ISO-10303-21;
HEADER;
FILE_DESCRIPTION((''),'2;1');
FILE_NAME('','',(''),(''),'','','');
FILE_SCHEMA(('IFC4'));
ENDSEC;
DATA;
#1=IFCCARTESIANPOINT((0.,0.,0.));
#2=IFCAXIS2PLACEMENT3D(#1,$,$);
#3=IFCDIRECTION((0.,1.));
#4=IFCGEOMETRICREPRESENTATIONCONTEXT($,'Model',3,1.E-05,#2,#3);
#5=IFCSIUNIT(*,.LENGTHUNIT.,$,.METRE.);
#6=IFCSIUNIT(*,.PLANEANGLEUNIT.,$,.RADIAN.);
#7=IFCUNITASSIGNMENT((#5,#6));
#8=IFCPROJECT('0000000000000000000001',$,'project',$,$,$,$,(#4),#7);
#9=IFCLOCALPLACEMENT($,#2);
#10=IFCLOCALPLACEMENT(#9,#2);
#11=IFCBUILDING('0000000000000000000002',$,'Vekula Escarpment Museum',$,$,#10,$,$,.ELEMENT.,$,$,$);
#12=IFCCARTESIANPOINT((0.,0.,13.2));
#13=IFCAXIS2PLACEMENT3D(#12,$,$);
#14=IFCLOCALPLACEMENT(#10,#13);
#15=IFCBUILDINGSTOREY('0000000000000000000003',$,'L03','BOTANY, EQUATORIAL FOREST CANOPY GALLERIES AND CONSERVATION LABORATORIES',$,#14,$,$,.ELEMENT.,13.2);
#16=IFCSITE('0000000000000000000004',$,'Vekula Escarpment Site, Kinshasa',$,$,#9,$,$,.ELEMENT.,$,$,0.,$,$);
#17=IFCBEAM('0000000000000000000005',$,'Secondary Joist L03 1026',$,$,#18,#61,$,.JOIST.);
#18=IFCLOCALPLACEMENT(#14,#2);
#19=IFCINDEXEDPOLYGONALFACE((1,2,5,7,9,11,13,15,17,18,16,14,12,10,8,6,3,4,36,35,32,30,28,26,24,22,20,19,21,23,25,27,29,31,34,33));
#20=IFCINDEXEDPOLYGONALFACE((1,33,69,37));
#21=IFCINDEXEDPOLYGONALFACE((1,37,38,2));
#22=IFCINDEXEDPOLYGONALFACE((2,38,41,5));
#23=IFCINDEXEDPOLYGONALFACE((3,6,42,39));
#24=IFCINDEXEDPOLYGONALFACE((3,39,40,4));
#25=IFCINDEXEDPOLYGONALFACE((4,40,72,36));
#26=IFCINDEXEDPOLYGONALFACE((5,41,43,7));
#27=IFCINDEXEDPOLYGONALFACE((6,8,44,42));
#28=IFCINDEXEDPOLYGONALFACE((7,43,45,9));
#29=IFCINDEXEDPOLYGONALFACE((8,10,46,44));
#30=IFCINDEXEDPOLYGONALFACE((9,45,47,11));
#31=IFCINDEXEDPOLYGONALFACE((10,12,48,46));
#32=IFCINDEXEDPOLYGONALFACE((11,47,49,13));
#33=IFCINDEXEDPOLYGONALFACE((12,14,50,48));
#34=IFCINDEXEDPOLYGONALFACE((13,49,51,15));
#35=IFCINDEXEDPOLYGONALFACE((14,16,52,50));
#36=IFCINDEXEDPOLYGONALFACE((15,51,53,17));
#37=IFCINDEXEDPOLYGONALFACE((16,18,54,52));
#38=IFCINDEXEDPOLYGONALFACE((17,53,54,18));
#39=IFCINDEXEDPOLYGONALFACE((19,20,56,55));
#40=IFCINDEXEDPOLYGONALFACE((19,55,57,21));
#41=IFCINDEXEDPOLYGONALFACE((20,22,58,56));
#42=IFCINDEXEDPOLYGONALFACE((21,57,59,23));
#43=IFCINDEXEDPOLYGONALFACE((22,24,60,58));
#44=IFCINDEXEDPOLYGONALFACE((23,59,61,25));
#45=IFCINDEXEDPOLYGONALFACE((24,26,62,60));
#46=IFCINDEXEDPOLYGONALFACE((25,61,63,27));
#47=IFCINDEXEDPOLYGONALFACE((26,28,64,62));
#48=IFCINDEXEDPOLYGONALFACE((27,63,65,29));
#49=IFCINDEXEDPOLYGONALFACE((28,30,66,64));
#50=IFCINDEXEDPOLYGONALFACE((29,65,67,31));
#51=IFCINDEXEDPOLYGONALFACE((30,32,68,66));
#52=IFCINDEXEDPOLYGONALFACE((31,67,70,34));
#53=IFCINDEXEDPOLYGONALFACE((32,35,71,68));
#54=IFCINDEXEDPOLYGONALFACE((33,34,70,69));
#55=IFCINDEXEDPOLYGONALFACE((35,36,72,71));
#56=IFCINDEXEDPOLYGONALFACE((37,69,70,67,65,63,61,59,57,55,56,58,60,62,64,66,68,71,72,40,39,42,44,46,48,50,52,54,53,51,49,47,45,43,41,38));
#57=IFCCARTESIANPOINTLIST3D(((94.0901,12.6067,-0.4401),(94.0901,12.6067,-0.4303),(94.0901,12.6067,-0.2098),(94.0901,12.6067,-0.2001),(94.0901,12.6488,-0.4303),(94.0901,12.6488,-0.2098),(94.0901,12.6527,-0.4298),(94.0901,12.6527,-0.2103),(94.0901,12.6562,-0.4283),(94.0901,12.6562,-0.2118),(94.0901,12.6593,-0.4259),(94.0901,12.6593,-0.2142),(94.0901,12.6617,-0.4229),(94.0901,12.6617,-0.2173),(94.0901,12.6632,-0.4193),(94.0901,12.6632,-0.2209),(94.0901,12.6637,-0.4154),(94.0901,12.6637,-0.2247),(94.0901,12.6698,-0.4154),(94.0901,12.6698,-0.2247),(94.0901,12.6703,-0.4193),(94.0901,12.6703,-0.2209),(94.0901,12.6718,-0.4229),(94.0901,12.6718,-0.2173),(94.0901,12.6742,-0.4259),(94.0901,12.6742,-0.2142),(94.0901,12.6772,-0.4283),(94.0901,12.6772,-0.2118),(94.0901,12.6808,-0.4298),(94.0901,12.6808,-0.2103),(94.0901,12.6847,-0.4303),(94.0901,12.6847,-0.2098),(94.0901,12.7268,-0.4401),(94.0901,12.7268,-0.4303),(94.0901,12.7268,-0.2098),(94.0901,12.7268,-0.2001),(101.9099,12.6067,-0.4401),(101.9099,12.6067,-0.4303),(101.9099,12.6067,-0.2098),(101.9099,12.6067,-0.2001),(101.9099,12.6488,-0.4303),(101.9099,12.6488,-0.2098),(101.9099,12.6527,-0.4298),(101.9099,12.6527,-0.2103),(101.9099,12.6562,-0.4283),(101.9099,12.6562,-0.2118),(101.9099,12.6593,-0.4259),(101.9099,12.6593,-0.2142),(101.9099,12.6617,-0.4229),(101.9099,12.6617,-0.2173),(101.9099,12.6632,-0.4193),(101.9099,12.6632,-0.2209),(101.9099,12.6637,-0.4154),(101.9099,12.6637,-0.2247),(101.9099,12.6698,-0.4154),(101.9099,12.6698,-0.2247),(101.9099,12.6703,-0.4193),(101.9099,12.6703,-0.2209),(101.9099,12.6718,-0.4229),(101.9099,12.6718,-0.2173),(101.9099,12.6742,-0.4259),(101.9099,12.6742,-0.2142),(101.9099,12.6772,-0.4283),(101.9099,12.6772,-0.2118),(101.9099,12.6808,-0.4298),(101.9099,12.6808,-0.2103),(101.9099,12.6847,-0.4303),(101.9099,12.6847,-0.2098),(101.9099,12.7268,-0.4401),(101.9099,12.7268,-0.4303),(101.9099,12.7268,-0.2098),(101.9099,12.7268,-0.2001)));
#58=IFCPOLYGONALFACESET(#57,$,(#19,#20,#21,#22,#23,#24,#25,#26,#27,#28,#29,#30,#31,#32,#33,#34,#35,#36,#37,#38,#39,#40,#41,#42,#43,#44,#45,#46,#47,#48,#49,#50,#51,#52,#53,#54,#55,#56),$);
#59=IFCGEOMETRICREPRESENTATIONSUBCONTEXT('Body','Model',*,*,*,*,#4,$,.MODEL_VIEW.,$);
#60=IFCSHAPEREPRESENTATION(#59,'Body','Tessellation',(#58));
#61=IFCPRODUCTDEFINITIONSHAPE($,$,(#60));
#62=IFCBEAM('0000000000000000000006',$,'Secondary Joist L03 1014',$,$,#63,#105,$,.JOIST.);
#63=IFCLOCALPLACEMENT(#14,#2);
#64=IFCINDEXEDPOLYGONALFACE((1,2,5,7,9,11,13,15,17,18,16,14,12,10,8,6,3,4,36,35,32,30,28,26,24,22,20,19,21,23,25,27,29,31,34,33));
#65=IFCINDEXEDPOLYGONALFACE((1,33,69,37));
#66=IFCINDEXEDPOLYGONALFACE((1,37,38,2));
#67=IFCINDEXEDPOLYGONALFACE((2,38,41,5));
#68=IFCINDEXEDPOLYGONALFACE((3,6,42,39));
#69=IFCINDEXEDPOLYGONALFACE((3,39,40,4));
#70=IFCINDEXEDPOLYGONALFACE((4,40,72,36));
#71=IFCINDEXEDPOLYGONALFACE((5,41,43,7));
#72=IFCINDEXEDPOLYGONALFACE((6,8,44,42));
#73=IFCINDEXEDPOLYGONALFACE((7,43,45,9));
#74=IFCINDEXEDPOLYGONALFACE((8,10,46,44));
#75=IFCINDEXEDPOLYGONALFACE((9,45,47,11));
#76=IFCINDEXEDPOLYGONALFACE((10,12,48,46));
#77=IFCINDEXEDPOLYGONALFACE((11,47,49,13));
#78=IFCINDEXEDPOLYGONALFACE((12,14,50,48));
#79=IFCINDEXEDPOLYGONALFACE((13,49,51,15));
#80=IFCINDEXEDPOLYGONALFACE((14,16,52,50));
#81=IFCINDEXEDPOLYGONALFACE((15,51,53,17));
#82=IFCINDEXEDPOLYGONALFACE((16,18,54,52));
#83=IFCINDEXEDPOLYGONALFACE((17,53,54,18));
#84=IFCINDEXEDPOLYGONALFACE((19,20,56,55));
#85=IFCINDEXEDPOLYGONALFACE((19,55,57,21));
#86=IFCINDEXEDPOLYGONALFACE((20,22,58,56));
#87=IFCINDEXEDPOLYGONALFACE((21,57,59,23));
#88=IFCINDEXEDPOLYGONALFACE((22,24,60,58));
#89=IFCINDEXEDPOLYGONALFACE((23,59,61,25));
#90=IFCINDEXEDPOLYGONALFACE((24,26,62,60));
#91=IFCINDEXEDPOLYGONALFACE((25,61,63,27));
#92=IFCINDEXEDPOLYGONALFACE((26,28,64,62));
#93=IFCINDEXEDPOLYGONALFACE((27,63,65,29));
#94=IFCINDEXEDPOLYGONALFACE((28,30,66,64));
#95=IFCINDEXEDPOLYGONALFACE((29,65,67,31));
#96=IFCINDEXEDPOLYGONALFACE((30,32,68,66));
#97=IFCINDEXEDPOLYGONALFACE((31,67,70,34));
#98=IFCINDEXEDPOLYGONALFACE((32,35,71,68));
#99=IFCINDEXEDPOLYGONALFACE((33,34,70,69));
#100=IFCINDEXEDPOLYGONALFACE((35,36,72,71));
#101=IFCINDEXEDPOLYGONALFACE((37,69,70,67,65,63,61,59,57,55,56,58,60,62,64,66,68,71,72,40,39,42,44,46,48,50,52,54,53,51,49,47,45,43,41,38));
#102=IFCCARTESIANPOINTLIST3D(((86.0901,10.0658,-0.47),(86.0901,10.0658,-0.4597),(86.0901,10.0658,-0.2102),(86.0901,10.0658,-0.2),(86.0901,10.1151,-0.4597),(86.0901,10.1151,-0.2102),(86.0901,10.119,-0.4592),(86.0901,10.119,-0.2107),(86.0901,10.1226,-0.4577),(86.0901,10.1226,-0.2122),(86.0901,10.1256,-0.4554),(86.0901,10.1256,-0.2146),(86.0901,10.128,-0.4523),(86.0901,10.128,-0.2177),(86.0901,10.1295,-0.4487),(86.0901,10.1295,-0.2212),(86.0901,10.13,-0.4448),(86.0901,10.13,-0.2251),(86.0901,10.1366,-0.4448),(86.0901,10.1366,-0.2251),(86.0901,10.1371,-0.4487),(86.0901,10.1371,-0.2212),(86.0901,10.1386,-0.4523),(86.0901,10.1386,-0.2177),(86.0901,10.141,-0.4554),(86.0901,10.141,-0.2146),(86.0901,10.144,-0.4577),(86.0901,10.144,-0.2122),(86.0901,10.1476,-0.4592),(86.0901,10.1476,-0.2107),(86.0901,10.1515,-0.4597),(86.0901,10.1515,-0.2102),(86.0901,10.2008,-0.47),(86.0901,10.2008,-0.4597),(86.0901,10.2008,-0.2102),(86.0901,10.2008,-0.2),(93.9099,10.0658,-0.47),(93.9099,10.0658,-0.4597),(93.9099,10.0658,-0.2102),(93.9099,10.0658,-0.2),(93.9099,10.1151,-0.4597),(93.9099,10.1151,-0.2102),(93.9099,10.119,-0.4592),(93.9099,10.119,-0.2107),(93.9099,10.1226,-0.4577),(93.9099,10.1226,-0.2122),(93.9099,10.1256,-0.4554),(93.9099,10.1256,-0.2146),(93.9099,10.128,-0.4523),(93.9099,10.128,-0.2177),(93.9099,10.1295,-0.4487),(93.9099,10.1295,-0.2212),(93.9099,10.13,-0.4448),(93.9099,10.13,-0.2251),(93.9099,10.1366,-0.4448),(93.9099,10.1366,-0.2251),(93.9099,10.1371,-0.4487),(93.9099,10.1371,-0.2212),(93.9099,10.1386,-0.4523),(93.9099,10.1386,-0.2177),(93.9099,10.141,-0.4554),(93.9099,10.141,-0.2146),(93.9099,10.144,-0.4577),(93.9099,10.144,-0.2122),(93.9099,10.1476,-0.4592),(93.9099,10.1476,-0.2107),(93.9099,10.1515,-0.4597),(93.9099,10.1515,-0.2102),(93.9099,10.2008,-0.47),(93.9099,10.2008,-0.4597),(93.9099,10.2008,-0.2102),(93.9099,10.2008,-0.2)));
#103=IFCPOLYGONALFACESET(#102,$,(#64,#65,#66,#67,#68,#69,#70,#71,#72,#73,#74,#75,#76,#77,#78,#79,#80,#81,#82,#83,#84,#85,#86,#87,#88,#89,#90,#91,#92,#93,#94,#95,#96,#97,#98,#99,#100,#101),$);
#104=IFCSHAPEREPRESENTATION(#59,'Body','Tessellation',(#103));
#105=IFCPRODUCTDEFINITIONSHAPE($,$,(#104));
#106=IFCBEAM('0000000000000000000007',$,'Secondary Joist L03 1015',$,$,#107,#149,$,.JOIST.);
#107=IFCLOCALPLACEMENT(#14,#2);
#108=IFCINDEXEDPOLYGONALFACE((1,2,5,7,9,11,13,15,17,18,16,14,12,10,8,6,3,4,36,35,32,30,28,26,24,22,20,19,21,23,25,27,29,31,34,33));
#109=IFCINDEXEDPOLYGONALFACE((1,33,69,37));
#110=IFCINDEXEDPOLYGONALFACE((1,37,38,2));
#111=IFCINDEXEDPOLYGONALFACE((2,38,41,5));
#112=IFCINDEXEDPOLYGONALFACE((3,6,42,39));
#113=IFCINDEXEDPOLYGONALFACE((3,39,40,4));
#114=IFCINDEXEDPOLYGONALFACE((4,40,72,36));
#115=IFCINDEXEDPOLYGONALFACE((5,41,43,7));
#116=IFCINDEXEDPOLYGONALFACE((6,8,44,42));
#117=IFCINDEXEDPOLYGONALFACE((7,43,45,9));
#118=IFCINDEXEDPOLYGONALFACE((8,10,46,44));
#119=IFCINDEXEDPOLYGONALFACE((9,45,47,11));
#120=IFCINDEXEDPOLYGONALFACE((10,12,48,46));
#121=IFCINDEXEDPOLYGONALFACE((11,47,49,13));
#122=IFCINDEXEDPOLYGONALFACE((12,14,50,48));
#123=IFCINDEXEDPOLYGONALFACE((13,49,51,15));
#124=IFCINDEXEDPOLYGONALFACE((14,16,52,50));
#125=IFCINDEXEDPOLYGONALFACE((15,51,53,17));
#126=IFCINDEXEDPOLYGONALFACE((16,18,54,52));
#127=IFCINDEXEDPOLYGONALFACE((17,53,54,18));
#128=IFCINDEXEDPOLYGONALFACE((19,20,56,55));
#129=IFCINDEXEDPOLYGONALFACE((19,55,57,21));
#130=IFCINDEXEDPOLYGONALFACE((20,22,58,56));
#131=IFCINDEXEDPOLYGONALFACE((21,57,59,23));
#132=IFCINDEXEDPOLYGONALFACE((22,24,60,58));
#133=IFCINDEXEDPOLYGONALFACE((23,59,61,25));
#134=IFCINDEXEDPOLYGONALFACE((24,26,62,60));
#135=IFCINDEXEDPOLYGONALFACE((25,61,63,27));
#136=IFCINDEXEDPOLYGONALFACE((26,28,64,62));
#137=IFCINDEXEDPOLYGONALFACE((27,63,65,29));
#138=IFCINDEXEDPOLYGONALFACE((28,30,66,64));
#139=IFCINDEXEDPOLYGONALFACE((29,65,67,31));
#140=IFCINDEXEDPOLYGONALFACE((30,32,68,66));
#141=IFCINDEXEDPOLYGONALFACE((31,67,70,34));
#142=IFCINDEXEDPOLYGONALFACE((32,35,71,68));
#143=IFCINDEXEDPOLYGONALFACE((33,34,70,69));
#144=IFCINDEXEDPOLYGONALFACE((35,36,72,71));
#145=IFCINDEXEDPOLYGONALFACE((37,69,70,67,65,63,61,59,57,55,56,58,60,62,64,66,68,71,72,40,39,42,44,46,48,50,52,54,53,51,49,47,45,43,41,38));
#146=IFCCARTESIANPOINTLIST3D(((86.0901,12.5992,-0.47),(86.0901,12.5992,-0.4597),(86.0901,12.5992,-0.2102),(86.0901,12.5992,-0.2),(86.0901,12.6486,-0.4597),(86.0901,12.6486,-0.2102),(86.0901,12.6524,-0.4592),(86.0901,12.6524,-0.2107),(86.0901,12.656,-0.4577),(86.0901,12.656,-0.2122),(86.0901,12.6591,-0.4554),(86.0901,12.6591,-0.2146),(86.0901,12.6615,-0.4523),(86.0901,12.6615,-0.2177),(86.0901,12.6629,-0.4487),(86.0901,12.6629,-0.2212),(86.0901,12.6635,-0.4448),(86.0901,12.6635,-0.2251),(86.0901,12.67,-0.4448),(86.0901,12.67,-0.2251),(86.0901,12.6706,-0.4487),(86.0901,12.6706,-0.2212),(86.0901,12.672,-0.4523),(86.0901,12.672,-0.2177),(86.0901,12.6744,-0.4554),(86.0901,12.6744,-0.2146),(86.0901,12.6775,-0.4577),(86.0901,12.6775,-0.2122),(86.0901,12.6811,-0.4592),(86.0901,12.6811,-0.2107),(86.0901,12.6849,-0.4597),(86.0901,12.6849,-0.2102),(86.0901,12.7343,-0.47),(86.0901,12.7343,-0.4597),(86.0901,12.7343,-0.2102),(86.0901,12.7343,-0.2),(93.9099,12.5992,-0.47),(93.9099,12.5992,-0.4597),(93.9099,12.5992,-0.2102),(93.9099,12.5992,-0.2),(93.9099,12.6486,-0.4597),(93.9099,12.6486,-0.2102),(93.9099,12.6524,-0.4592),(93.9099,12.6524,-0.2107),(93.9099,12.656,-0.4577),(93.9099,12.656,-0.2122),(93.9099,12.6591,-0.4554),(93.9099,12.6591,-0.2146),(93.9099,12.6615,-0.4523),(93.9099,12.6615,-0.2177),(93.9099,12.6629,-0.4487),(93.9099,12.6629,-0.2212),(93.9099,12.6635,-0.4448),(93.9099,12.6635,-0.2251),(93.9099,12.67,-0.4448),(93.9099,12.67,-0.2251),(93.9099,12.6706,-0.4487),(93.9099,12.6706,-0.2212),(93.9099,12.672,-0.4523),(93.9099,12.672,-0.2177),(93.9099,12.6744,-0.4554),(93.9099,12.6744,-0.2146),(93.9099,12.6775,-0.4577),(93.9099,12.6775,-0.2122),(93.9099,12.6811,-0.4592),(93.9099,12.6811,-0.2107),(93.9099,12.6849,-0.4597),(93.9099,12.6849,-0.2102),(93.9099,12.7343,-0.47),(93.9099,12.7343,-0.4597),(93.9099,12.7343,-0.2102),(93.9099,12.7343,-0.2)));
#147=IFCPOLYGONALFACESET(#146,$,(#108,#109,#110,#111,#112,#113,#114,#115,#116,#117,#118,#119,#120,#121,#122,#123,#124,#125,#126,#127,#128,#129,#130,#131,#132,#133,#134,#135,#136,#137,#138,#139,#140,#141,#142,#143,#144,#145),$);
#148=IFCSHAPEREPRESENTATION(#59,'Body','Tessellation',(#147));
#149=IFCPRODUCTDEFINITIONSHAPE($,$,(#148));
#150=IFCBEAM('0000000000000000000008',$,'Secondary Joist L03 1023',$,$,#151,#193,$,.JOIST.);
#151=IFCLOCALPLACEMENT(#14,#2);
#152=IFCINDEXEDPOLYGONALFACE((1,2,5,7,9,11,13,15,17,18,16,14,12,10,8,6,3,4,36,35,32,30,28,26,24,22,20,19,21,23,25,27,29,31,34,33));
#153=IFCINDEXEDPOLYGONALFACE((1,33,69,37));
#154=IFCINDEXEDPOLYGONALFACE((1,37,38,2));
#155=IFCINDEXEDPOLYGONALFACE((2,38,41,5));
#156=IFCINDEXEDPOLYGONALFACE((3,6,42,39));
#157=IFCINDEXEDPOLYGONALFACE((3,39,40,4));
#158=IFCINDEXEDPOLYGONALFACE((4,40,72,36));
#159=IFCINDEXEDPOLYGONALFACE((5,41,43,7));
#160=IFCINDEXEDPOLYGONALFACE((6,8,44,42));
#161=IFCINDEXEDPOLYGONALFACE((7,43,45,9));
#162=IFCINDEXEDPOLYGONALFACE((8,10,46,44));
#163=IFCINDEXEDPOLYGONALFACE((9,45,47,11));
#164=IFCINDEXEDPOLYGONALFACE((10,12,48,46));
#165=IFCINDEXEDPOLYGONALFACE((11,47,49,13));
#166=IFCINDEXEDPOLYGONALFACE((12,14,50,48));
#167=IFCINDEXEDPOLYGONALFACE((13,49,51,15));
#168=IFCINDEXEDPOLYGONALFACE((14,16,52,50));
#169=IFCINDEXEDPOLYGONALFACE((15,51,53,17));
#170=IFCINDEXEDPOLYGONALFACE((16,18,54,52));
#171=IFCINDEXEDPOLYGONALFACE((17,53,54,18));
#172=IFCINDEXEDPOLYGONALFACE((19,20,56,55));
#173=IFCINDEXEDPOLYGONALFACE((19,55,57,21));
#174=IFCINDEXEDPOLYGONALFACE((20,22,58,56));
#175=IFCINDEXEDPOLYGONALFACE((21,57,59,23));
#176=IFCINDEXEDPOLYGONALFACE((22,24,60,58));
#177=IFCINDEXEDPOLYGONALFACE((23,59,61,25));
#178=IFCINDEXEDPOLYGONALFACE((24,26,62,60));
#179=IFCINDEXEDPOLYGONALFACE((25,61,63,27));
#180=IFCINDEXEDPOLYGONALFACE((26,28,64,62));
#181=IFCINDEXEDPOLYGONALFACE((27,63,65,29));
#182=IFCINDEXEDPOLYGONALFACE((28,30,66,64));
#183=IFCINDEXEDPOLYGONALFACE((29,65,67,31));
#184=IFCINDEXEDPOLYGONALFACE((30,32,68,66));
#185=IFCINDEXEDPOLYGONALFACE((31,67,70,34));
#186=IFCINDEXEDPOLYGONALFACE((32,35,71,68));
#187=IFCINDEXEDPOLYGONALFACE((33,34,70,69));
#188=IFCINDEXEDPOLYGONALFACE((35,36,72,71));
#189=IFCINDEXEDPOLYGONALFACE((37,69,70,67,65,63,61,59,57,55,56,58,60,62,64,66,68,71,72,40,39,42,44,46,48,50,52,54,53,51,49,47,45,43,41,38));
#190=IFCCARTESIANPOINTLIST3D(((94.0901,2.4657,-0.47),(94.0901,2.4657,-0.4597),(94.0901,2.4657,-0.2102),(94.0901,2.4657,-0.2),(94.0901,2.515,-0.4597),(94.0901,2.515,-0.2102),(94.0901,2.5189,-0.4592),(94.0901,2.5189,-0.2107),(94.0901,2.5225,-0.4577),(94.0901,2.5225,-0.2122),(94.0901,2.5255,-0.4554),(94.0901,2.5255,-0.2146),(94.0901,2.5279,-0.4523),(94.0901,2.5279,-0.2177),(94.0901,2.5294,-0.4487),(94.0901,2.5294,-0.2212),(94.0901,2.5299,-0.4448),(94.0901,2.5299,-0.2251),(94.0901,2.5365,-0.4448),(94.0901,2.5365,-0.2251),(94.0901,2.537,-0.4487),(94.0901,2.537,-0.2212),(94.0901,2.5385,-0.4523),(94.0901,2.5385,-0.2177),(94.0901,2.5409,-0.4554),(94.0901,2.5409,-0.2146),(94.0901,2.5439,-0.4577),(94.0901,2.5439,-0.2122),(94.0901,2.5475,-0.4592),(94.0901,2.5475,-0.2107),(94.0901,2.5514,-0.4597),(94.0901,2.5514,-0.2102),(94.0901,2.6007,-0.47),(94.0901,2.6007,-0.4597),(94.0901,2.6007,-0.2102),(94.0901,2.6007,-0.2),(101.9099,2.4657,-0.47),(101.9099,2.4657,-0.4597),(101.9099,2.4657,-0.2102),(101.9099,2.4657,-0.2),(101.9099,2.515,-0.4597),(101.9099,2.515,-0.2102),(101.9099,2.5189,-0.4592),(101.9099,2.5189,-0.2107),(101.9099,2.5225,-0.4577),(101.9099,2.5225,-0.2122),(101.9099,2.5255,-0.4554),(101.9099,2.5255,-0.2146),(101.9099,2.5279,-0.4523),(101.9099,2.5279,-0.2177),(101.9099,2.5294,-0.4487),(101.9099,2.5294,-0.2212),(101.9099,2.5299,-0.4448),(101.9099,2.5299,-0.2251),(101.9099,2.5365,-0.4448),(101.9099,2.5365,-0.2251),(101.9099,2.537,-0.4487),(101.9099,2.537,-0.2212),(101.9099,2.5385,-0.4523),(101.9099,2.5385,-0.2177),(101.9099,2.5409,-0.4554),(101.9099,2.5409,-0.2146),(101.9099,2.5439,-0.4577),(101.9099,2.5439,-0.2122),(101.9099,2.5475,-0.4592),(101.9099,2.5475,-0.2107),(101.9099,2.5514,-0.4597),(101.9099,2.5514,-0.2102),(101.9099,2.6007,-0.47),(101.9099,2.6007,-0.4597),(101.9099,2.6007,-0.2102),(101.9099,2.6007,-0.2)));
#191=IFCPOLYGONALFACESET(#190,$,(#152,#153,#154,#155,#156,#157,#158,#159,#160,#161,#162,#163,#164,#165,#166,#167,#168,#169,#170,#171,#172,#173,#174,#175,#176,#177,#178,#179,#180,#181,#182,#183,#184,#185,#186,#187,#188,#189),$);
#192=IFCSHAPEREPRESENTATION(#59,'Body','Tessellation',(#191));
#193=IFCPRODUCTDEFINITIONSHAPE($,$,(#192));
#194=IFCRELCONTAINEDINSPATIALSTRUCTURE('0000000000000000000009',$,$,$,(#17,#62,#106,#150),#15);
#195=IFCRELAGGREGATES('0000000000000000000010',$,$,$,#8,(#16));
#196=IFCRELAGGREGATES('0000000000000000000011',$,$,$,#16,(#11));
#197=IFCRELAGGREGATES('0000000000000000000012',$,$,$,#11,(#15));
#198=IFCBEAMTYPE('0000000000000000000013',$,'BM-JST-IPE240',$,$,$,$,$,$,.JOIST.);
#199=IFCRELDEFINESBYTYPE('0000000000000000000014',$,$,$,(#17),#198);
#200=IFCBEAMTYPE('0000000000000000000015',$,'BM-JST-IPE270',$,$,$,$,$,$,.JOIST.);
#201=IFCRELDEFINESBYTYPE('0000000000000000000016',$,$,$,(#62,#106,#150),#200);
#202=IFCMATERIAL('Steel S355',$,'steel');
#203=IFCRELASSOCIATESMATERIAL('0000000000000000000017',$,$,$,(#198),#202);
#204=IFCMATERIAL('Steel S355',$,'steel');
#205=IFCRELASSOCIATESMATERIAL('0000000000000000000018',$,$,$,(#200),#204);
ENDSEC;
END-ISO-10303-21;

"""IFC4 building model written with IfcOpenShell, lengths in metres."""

from ifc_helpers import new_model, si_unit, direction, frame, origin, origin_2d, place, context, subcontext, project, spatial, i_section, extrude, material, material_profile, profile_set, type_object, element, save


model = new_model("IFC4")

# Units and contexts
model_context = context("Model", 3, precision=1e-05, world=origin(), true_north=direction((0.0, 1.0)))
body_context = subcontext(model_context, "Body", "Model", "MODEL_VIEW")
ifc_project = project(units=[si_unit("LENGTHUNIT", "METRE"), si_unit("PLANEANGLEUNIT", "RADIAN")], contexts=[model_context])

# Site, building, storey
site_placement = place(None, origin())
site = spatial("IfcSite", under=ifc_project, at=site_placement, Name="Vekula Escarpment Site, Kinshasa", CompositionType="ELEMENT", RefElevation=0.0)
building_placement = place(site_placement, origin())
building = spatial("IfcBuilding", under=site, at=building_placement, Name="Vekula Escarpment Museum", CompositionType="ELEMENT")
storey_placement = place(building_placement, frame((0.0, 0.0, 13.2)))
storey = spatial("IfcBuildingStorey", under=building, at=storey_placement, Name="L03", Description="BOTANY, EQUATORIAL FOREST CANOPY GALLERIES AND CONSERVATION LABORATORIES", CompositionType="ELEMENT", Elevation=13.2)

# Beams
ifc_material_1 = material(Name="Steel S355", Category="steel")
ifc_material_profile_1 = material_profile(ifc_material_1, i_section(OverallWidth=0.1201, OverallDepth=0.24, WebThickness=0.0061, FlangeThickness=0.0098, FilletRadius=0.0149, at=origin_2d()), Name="IPE 240")
ifc_profile_set_1 = profile_set([ifc_material_profile_1], Name="Steel S355")
beam_type_1 = type_object("IfcBeamType", Name="BM-JST-IPE240", PredefinedType="JOIST", material=ifc_profile_set_1)
for number, where, z_axis, x_axis, name in (
    (1, (94.0901, 12.6667, -0.3201), (1.0, 0.0, 0.0), (0.0, 1.0, 0.0), "Secondary Joist L03 1026"),
):
    element("IfcBeam", number, at=place(storey_placement, frame(where, z_axis=z_axis, x_axis=x_axis)), inside=storey, type_object=beam_type_1, Name=name, PredefinedType="JOIST", context=body_context, shape_type="SweptSolid", body=[
        extrude(i_section(OverallWidth=0.1201, OverallDepth=0.24, WebThickness=0.0061, FlangeThickness=0.0098, FilletRadius=0.0149, at=origin_2d()), origin(), (0.0, 0.0, 1.0), 7.8198),
    ])
ifc_material_2 = material(Name="Steel S355", Category="steel")
ifc_material_profile_2 = material_profile(ifc_material_2, i_section(OverallWidth=0.135, OverallDepth=0.27, WebThickness=0.0066, FlangeThickness=0.0103, FilletRadius=0.0149, at=origin_2d()), Name="IPE 270")
ifc_profile_set_2 = profile_set([ifc_material_profile_2], Name="Steel S355")
beam_type_2 = type_object("IfcBeamType", Name="BM-JST-IPE270", PredefinedType="JOIST", material=ifc_profile_set_2)
for number, where, z_axis, x_axis, name in (
    (2, (86.0901, 10.1333, -0.335), (1.0, 0.0, 0.0), (0.0, 1.0, 0.0), "Secondary Joist L03 1014"),
    (3, (86.0901, 12.6667, -0.335), (1.0, 0.0, 0.0), (0.0, 1.0, 0.0), "Secondary Joist L03 1015"),
    (4, (94.0901, 2.5332, -0.335), (1.0, 0.0, 0.0), (0.0, 1.0, 0.0), "Secondary Joist L03 1023"),
):
    element("IfcBeam", number, at=place(storey_placement, frame(where, z_axis=z_axis, x_axis=x_axis)), inside=storey, type_object=beam_type_2, Name=name, PredefinedType="JOIST", context=body_context, shape_type="SweptSolid", body=[
        extrude(i_section(OverallWidth=0.135, OverallDepth=0.27, WebThickness=0.0066, FlangeThickness=0.0103, FilletRadius=0.0149, at=origin_2d()), origin(), (0.0, 0.0, 1.0), 7.8198),
    ])

save(model, "model.ifc")
